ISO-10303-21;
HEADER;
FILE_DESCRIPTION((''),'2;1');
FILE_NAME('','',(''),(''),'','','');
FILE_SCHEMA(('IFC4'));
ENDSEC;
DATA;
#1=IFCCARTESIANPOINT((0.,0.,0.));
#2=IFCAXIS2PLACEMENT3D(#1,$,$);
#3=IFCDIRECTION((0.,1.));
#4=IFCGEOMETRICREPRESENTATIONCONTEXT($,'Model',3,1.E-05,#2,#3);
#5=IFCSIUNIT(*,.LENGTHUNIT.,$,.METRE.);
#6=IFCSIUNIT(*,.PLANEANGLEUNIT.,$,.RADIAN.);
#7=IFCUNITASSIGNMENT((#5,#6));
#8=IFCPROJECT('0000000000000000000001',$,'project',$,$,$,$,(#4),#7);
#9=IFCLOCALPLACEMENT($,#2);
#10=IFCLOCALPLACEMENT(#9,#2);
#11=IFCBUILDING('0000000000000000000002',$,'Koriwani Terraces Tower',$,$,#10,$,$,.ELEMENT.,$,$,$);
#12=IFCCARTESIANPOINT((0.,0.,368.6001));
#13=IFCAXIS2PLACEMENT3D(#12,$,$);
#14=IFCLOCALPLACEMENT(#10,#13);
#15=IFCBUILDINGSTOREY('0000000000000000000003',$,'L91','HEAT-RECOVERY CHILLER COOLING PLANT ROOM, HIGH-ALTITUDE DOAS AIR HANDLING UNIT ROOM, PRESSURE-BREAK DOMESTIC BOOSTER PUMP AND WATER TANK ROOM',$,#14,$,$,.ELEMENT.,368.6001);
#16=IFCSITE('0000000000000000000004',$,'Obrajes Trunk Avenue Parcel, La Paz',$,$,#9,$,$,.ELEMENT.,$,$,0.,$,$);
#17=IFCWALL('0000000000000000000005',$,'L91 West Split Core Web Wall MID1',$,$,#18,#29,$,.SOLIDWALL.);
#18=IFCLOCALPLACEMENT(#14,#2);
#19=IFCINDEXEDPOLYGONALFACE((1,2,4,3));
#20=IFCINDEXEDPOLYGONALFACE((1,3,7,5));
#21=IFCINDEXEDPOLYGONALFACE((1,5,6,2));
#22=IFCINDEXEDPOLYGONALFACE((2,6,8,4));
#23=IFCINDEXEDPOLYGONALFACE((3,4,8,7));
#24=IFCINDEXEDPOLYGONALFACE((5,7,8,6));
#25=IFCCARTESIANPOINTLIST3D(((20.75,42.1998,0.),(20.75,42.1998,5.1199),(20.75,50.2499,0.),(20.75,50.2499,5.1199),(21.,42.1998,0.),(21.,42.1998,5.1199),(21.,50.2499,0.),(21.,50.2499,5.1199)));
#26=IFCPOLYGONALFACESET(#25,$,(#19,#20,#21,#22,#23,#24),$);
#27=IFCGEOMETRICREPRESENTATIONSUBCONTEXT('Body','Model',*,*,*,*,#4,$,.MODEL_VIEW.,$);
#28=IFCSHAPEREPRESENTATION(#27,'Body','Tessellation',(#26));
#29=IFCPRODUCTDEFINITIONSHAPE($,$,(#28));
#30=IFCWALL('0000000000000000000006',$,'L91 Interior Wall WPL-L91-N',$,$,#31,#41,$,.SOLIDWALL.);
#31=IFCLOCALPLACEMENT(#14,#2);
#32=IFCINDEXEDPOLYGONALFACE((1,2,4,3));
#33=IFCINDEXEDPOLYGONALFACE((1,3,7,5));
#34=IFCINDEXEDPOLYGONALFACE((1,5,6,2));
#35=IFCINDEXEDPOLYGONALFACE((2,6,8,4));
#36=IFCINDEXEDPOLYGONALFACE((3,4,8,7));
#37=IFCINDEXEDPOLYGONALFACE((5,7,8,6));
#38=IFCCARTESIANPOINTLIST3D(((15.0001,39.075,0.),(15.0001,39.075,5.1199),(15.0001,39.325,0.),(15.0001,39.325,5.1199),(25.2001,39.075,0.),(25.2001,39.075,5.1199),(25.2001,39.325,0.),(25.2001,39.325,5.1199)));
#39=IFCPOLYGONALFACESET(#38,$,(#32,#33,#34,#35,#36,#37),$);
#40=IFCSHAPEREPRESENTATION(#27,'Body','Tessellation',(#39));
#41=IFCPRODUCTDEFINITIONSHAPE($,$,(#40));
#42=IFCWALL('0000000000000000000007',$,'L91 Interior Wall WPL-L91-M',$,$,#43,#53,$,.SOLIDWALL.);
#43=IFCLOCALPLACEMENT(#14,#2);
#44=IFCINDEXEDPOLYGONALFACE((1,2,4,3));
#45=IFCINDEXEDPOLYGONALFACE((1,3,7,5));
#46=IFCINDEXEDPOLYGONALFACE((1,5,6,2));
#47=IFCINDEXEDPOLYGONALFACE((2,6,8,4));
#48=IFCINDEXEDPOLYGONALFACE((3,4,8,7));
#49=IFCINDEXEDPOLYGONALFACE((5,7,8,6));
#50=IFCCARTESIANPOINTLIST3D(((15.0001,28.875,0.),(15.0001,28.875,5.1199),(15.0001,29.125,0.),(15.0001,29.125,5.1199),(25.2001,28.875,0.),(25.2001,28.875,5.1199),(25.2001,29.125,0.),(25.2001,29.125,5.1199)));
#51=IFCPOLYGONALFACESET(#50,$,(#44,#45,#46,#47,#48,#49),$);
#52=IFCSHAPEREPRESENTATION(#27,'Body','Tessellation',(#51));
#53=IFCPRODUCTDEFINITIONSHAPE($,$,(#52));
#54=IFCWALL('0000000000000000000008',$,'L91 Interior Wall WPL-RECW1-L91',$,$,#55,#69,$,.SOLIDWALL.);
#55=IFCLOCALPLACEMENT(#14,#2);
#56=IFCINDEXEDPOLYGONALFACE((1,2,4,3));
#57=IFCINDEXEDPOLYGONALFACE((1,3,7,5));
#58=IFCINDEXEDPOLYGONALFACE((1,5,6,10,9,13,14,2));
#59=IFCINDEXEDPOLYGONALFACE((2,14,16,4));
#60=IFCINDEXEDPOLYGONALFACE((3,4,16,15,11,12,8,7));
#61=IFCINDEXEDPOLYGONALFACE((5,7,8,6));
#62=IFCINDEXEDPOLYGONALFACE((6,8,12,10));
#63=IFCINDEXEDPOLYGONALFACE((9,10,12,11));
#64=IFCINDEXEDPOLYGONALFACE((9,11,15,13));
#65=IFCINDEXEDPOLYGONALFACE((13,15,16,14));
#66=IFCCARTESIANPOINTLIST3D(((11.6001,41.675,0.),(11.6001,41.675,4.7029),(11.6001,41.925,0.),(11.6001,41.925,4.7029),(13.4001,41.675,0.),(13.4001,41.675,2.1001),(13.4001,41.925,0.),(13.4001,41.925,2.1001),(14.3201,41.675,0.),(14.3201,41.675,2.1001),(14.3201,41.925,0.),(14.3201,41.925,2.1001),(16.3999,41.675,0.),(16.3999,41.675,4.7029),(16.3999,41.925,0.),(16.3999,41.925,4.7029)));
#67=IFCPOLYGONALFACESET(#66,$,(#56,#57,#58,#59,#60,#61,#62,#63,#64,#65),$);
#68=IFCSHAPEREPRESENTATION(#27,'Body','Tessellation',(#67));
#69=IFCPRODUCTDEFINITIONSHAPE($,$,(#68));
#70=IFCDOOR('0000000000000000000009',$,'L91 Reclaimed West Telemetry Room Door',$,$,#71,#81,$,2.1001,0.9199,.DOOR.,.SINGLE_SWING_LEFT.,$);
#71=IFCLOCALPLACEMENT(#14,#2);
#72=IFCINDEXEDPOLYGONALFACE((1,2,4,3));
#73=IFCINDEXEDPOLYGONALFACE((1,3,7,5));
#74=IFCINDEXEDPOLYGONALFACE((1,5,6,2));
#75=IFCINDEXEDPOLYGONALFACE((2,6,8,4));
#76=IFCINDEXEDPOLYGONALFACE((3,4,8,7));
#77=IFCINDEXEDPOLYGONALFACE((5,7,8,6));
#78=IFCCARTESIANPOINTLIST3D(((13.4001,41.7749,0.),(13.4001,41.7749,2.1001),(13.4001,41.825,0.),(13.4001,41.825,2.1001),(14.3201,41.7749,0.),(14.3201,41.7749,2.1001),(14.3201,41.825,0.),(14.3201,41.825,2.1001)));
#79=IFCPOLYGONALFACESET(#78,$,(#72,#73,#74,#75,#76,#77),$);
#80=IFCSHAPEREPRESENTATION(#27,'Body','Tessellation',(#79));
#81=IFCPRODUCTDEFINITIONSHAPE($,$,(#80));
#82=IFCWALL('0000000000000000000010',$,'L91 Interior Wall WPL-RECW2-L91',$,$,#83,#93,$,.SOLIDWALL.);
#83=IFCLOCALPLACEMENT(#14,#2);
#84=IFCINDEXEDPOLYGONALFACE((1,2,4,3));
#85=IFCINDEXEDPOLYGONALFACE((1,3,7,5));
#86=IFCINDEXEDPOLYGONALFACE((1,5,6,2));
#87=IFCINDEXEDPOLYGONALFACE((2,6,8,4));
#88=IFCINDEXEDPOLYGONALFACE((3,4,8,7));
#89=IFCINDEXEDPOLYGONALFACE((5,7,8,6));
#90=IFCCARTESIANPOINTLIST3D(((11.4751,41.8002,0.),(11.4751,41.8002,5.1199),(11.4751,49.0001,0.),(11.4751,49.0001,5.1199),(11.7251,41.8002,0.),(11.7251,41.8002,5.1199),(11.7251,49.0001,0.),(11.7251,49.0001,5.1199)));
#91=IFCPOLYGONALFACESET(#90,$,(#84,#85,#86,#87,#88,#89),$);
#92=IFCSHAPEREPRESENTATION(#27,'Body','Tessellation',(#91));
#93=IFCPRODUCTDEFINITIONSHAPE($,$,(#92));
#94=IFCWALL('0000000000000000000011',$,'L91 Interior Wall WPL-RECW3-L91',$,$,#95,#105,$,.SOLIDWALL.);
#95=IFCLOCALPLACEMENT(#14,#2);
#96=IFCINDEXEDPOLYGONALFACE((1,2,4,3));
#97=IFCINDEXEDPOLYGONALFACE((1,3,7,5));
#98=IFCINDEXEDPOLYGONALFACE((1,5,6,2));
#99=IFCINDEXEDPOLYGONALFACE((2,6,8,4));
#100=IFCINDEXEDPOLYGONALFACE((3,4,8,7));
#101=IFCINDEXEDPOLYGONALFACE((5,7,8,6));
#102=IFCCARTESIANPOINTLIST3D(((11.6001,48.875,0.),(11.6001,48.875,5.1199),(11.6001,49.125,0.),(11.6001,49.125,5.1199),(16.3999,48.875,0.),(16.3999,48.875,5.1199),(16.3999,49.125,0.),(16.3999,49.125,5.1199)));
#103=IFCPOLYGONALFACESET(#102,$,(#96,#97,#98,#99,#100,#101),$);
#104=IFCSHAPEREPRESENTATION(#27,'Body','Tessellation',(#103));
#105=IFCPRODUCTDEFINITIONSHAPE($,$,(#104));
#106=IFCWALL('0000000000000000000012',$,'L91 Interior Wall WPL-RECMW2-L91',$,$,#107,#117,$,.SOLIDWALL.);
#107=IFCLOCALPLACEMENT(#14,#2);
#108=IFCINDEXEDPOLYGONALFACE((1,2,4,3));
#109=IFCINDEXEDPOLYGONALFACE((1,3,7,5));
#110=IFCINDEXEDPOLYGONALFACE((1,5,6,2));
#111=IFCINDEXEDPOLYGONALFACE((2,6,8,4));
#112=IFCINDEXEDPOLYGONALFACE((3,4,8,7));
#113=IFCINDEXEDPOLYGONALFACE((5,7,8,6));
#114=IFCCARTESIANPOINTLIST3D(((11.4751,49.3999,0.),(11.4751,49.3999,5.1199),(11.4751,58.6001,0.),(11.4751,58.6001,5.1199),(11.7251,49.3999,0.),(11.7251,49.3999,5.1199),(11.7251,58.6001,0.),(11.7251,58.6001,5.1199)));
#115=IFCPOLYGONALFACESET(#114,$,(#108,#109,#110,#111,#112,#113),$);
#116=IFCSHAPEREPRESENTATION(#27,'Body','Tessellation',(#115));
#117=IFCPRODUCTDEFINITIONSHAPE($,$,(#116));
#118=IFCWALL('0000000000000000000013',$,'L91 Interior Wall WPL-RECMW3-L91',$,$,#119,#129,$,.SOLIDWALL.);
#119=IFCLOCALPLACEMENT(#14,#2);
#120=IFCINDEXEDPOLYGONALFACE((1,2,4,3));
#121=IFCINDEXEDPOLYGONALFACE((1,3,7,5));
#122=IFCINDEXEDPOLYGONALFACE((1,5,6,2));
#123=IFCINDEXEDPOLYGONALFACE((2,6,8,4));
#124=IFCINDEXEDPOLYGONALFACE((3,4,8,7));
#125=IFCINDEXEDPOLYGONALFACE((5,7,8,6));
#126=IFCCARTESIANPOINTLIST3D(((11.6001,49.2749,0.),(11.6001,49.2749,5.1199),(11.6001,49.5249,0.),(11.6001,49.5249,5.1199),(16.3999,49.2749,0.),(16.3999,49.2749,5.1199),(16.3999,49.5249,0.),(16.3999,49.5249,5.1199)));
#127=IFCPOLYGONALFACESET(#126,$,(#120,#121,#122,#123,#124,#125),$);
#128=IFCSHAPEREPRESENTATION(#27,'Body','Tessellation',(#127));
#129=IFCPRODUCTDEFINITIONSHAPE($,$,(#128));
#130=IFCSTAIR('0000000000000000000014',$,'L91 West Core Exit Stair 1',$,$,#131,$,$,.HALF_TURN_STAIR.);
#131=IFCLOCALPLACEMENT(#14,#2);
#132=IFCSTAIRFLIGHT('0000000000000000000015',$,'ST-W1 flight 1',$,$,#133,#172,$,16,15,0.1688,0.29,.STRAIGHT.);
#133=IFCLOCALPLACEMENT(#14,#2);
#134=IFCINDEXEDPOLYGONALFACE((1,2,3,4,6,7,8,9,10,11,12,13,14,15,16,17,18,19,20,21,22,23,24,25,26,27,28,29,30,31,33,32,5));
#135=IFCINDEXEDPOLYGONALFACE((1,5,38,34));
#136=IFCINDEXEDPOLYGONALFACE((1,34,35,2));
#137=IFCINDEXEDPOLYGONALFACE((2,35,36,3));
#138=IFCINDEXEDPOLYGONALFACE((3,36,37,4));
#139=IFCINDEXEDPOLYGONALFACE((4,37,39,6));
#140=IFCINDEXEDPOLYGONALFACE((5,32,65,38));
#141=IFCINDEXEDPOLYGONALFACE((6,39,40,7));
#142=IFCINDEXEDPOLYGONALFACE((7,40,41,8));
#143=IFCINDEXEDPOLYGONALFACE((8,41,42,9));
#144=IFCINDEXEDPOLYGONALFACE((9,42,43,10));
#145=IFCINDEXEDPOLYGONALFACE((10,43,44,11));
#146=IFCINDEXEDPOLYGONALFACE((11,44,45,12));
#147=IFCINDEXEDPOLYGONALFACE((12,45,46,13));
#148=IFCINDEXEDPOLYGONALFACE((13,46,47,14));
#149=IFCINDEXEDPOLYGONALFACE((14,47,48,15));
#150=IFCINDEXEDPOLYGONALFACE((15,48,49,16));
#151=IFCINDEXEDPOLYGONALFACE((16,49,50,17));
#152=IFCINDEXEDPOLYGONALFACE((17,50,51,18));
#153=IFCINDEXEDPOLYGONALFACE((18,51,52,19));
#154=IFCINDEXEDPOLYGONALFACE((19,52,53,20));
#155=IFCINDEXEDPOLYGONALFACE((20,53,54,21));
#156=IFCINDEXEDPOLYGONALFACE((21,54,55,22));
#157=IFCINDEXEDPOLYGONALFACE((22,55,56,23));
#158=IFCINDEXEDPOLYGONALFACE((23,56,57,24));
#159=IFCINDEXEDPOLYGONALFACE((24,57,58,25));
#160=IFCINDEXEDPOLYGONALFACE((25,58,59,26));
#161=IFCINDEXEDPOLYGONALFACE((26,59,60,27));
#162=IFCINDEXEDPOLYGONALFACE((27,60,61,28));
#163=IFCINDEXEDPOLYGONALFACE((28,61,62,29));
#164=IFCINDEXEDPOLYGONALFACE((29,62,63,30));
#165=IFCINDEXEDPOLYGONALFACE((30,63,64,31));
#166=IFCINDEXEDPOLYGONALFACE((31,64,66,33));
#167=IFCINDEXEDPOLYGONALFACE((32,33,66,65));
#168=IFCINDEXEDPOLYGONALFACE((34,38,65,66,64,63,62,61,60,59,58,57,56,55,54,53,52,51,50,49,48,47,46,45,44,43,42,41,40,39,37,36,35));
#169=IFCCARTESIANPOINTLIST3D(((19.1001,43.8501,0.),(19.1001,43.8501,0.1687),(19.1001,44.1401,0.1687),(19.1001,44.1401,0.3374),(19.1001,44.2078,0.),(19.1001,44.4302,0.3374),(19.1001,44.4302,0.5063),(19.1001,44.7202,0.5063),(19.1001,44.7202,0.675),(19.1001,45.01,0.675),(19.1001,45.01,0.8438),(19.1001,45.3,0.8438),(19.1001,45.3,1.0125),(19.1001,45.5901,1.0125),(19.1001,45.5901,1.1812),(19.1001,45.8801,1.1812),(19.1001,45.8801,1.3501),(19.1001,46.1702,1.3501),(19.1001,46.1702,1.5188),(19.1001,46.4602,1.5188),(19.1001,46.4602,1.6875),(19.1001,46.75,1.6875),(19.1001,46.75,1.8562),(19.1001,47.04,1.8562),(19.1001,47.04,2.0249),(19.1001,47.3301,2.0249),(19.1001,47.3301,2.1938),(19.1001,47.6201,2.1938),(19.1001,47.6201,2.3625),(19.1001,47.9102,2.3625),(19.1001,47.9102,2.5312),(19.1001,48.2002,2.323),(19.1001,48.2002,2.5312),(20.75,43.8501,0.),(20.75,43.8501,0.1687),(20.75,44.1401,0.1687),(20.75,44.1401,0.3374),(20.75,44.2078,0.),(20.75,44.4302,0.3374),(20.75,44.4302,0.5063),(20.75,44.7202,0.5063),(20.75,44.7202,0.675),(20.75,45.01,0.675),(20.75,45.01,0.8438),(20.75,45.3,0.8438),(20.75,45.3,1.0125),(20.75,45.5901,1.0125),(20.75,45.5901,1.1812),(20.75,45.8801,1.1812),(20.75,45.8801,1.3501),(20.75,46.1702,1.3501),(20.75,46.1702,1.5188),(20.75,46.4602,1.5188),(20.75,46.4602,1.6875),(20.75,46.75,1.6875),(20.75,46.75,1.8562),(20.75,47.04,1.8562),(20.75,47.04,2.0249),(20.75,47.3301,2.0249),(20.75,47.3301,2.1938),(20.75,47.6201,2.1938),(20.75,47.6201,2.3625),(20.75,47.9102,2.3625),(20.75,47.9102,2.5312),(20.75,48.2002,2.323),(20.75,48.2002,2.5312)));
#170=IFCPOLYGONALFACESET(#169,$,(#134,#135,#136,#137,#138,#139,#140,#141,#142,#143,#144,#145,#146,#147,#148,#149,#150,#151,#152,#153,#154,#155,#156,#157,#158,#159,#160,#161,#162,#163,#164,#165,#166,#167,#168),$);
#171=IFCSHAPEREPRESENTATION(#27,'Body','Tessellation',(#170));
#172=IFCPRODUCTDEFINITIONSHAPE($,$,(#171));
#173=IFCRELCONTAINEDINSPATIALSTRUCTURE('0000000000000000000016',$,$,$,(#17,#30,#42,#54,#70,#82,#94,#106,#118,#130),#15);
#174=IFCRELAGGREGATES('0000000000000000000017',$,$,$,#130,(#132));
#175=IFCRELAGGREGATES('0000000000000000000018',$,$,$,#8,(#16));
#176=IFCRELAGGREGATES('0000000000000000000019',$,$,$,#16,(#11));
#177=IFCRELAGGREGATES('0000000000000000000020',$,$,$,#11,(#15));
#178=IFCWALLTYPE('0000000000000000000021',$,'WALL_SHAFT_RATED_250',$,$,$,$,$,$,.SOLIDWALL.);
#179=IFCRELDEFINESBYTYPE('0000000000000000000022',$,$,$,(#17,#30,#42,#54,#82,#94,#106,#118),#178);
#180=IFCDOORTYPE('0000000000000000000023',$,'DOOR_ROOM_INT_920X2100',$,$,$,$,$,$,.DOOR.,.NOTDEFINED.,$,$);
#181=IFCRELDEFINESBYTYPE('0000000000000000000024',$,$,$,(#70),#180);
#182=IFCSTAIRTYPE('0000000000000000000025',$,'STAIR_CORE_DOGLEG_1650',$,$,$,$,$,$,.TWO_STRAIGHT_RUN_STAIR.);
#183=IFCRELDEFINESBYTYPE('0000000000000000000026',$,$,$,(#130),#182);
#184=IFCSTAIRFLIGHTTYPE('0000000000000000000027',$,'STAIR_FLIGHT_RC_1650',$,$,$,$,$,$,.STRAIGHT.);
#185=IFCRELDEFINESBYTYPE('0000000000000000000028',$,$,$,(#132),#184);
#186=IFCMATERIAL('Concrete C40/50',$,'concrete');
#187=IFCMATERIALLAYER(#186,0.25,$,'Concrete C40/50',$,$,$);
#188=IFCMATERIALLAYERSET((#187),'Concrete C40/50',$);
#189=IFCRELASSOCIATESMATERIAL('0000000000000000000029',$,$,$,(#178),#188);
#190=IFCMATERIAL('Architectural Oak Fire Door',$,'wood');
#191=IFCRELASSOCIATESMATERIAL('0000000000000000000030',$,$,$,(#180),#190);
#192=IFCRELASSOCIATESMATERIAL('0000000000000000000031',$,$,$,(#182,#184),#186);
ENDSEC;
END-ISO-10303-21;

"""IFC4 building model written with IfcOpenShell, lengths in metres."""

from ifc_helpers import new_model, si_unit, direction, frame, frame_2d, origin, place, context, subcontext, project, spatial, polyline, rectangle, outline, extrude, material, layer, layer_set, type_object, element, fill, aggregate, save


model = new_model("IFC4")

# Units and contexts
model_context = context("Model", 3, precision=1e-05, world=origin(), true_north=direction((0.0, 1.0)))
body_context = subcontext(model_context, "Body", "Model", "MODEL_VIEW")
ifc_project = project(units=[si_unit("LENGTHUNIT", "METRE"), si_unit("PLANEANGLEUNIT", "RADIAN")], contexts=[model_context])

# Site, building, storey
site_placement = place(None, origin())
site = spatial("IfcSite", under=ifc_project, at=site_placement, Name="Obrajes Trunk Avenue Parcel, La Paz", CompositionType="ELEMENT", RefElevation=0.0)
building_placement = place(site_placement, origin())
building = spatial("IfcBuilding", under=site, at=building_placement, Name="Koriwani Terraces Tower", CompositionType="ELEMENT")
storey_placement = place(building_placement, frame((0.0, 0.0, 368.6001)))
storey = spatial("IfcBuildingStorey", under=building, at=storey_placement, Name="L91", Description="HEAT-RECOVERY CHILLER COOLING PLANT ROOM, HIGH-ALTITUDE DOAS AIR HANDLING UNIT ROOM, PRESSURE-BREAK DOMESTIC BOOSTER PUMP AND WATER TANK ROOM", CompositionType="ELEMENT", Elevation=368.6001)

# Shared definitions
ifc_material_1 = material(Name="Concrete C40/50", Category="concrete")

# Wall
ifc_layer_1 = layer(ifc_material_1, 0.25, Name="Concrete C40/50")
ifc_layer_set_1 = layer_set([ifc_layer_1], Name="Concrete C40/50")
wall_type_1 = type_object("IfcWallType", Name="WALL_SHAFT_RATED_250", PredefinedType="SOLIDWALL", material=ifc_layer_set_1)
wall_1_placement = place(storey_placement, frame((20.875, 42.2, 0.0), z_axis=(0.0, 0.0, 1.0), x_axis=(0.0, 1.0, 0.0)))
element("IfcWall", 1, at=wall_1_placement, inside=storey, type_object=wall_type_1, Name="L91 West Split Core Web Wall MID1", PredefinedType="SOLIDWALL", context=body_context, shape_type="SweptSolid", body=[
    extrude(rectangle(XDim=8.05, YDim=0.25, at=frame_2d((4.0249, 0.0))), origin(), (0.0, 0.0, 1.0), 5.1199),
])

# Walls
for number, where, z_axis, x_axis, name in (
    (2, (15.0, 39.2, 0.0), (0.0, 0.0, 1.0), (1.0, 0.0, 0.0), "L91 Interior Wall WPL-L91-N"),
    (3, (15.0, 29.0, 0.0), (0.0, 0.0, 1.0), (1.0, 0.0, 0.0), "L91 Interior Wall WPL-L91-M"),
):
    element("IfcWall", number, at=place(storey_placement, frame(where, z_axis=z_axis, x_axis=x_axis)), inside=storey, type_object=wall_type_1, Name=name, PredefinedType="SOLIDWALL", context=body_context, shape_type="SweptSolid", body=[
        extrude(rectangle(XDim=10.2, YDim=0.25, at=frame_2d((5.1001, 0.0))), origin(), (0.0, 0.0, 1.0), 5.1199),
    ])

# Wall, opening, door
wall_2_placement = place(storey_placement, frame((11.6001, 41.8, 0.0), z_axis=(0.0, 0.0, 1.0), x_axis=(1.0, 0.0, 0.0)))
wall_2 = element("IfcWall", 4, at=wall_2_placement, inside=storey, type_object=wall_type_1, Name="L91 Interior Wall WPL-RECW1-L91", PredefinedType="SOLIDWALL", context=body_context, shape_type="SweptSolid", body=[
    extrude(rectangle(XDim=4.7998, YDim=0.25, at=frame_2d((2.3999, 0.0))), origin(), (0.0, 0.0, 1.0), 4.7029),
])
opening_1_placement = place(wall_2_placement, frame((1.8, 0.0, 0.0)))
opening_1 = element("IfcOpeningElement", 5, at=opening_1_placement, cuts=wall_2, PredefinedType="OPENING", context=body_context, shape_type="SweptSolid", body=[
    extrude(rectangle(XDim=0.9199, YDim=2.1001, at=frame_2d((0.46, 1.05))), frame((0.0, 0.135, 0.0), z_axis=(0.0, -1.0, 0.0), x_axis=(1.0, 0.0, 0.0)), (0.0, 0.0, 1.0), 0.27),
])
ifc_material_2 = material(Name="Architectural Oak Fire Door", Category="wood")
door_type_1 = type_object("IfcDoorType", Name="DOOR_ROOM_INT_920X2100", OperationType="NOTDEFINED", PredefinedType="DOOR", material=ifc_material_2)
door_1_placement = place(opening_1_placement, origin())
door_1 = element("IfcDoor", 6, at=door_1_placement, inside=storey, type_object=door_type_1, Name="L91 Reclaimed West Telemetry Room Door", OperationType="SINGLE_SWING_LEFT", OverallHeight=2.1001, OverallWidth=0.9199, PredefinedType="DOOR", context=body_context, shape_type="SweptSolid", body=[
    extrude(rectangle(XDim=0.9199, YDim=2.1001, at=frame_2d((0.46, 1.05))), frame((0.0, 0.0249, 0.0), z_axis=(0.0, -1.0, 0.0), x_axis=(1.0, 0.0, 0.0)), (0.0, 0.0, 1.0), 0.05),
])
fill(opening_1, door_1)

# Walls
wall_3_placement = place(storey_placement, frame((11.6001, 41.8, 0.0), z_axis=(0.0, 0.0, 1.0), x_axis=(0.0, 1.0, 0.0)))
element("IfcWall", 7, at=wall_3_placement, inside=storey, type_object=wall_type_1, Name="L91 Interior Wall WPL-RECW2-L91", PredefinedType="SOLIDWALL", context=body_context, shape_type="SweptSolid", body=[
    extrude(rectangle(XDim=7.2, YDim=0.25, at=frame_2d((3.6001, 0.0))), origin(), (0.0, 0.0, 1.0), 5.1199),
])
wall_4_placement = place(storey_placement, frame((11.6001, 49.0, 0.0), z_axis=(0.0, 0.0, 1.0), x_axis=(1.0, 0.0, 0.0)))
element("IfcWall", 8, at=wall_4_placement, inside=storey, type_object=wall_type_1, Name="L91 Interior Wall WPL-RECW3-L91", PredefinedType="SOLIDWALL", context=body_context, shape_type="SweptSolid", body=[
    extrude(rectangle(XDim=4.7998, YDim=0.25, at=frame_2d((2.3999, 0.0))), origin(), (0.0, 0.0, 1.0), 5.1199),
])
wall_5_placement = place(storey_placement, frame((11.6001, 49.3999, 0.0), z_axis=(0.0, 0.0, 1.0), x_axis=(0.0, 1.0, 0.0)))
element("IfcWall", 9, at=wall_5_placement, inside=storey, type_object=wall_type_1, Name="L91 Interior Wall WPL-RECMW2-L91", PredefinedType="SOLIDWALL", context=body_context, shape_type="SweptSolid", body=[
    extrude(rectangle(XDim=9.2002, YDim=0.25, at=frame_2d((4.6001, 0.0))), origin(), (0.0, 0.0, 1.0), 5.1199),
])
wall_6_placement = place(storey_placement, frame((11.6001, 49.3999, 0.0), z_axis=(0.0, 0.0, 1.0), x_axis=(1.0, 0.0, 0.0)))
element("IfcWall", 10, at=wall_6_placement, inside=storey, type_object=wall_type_1, Name="L91 Interior Wall WPL-RECMW3-L91", PredefinedType="SOLIDWALL", context=body_context, shape_type="SweptSolid", body=[
    extrude(rectangle(XDim=4.7998, YDim=0.25, at=frame_2d((2.3999, 0.0))), origin(), (0.0, 0.0, 1.0), 5.1199),
])

# Stair, stair flight
stair_type = type_object("IfcStairType", Name="STAIR_CORE_DOGLEG_1650", PredefinedType="TWO_STRAIGHT_RUN_STAIR", material=ifc_material_1)
stair_placement = place(storey_placement, origin())
stair = element("IfcStair", 11, at=stair_placement, inside=storey, type_object=stair_type, Name="L91 West Core Exit Stair 1", PredefinedType="HALF_TURN_STAIR")
stair_flight_type = type_object("IfcStairFlightType", Name="STAIR_FLIGHT_RC_1650", PredefinedType="STRAIGHT", material=ifc_material_1)
stair_flight_1_placement = place(storey_placement, frame((19.925, 43.8501, 0.0), z_axis=(0.0, 0.0, 1.0), x_axis=(0.0, 1.0, 0.0)))
stair_flight_1 = element("IfcStairFlight", 12, at=stair_flight_1_placement, type_object=stair_flight_type, Name="ST-W1 flight 1", NumberOfRisers=16, NumberOfTreads=15, PredefinedType="STRAIGHT", RiserHeight=0.1688, TreadLength=0.29, context=body_context, shape_type="SweptSolid", body=[
    extrude(outline(polyline([(0.0, 0.0), (0.0, 0.1687), (0.29, 0.1687), (0.29, 0.3374), (0.5801, 0.3374), (0.5801, 0.5063), (0.8701, 0.5063), (0.8701, 0.675), (1.1599, 0.675), (1.1599, 0.8438), (1.45, 0.8438), (1.45, 1.0125), (1.74, 1.0125), (1.74, 1.1812), (2.03, 1.1812), (2.03, 1.3501), (2.3201, 1.3501), (2.3201, 1.5188), (2.6101, 1.5188), (2.6101, 1.6875), (2.8999, 1.6875), (2.8999, 1.8562), (3.1899, 1.8562), (3.1899, 2.0249), (3.48, 2.0249), (3.48, 2.1938), (3.77, 2.1938), (3.77, 2.3625), (4.0601, 2.3625), (4.0601, 2.5312), (4.3501, 2.5312), (4.3501, 2.7), (4.3501, 2.323), (0.3577, 0.0), (0.0, 0.0)])), frame((0.0, 0.825, 0.0), z_axis=(0.0, -1.0, 0.0), x_axis=(1.0, 0.0, 0.0)), (0.0, 0.0, 1.0), 1.6499),
])
aggregate(stair, [stair_flight_1])

save(model, "model.ifc")
